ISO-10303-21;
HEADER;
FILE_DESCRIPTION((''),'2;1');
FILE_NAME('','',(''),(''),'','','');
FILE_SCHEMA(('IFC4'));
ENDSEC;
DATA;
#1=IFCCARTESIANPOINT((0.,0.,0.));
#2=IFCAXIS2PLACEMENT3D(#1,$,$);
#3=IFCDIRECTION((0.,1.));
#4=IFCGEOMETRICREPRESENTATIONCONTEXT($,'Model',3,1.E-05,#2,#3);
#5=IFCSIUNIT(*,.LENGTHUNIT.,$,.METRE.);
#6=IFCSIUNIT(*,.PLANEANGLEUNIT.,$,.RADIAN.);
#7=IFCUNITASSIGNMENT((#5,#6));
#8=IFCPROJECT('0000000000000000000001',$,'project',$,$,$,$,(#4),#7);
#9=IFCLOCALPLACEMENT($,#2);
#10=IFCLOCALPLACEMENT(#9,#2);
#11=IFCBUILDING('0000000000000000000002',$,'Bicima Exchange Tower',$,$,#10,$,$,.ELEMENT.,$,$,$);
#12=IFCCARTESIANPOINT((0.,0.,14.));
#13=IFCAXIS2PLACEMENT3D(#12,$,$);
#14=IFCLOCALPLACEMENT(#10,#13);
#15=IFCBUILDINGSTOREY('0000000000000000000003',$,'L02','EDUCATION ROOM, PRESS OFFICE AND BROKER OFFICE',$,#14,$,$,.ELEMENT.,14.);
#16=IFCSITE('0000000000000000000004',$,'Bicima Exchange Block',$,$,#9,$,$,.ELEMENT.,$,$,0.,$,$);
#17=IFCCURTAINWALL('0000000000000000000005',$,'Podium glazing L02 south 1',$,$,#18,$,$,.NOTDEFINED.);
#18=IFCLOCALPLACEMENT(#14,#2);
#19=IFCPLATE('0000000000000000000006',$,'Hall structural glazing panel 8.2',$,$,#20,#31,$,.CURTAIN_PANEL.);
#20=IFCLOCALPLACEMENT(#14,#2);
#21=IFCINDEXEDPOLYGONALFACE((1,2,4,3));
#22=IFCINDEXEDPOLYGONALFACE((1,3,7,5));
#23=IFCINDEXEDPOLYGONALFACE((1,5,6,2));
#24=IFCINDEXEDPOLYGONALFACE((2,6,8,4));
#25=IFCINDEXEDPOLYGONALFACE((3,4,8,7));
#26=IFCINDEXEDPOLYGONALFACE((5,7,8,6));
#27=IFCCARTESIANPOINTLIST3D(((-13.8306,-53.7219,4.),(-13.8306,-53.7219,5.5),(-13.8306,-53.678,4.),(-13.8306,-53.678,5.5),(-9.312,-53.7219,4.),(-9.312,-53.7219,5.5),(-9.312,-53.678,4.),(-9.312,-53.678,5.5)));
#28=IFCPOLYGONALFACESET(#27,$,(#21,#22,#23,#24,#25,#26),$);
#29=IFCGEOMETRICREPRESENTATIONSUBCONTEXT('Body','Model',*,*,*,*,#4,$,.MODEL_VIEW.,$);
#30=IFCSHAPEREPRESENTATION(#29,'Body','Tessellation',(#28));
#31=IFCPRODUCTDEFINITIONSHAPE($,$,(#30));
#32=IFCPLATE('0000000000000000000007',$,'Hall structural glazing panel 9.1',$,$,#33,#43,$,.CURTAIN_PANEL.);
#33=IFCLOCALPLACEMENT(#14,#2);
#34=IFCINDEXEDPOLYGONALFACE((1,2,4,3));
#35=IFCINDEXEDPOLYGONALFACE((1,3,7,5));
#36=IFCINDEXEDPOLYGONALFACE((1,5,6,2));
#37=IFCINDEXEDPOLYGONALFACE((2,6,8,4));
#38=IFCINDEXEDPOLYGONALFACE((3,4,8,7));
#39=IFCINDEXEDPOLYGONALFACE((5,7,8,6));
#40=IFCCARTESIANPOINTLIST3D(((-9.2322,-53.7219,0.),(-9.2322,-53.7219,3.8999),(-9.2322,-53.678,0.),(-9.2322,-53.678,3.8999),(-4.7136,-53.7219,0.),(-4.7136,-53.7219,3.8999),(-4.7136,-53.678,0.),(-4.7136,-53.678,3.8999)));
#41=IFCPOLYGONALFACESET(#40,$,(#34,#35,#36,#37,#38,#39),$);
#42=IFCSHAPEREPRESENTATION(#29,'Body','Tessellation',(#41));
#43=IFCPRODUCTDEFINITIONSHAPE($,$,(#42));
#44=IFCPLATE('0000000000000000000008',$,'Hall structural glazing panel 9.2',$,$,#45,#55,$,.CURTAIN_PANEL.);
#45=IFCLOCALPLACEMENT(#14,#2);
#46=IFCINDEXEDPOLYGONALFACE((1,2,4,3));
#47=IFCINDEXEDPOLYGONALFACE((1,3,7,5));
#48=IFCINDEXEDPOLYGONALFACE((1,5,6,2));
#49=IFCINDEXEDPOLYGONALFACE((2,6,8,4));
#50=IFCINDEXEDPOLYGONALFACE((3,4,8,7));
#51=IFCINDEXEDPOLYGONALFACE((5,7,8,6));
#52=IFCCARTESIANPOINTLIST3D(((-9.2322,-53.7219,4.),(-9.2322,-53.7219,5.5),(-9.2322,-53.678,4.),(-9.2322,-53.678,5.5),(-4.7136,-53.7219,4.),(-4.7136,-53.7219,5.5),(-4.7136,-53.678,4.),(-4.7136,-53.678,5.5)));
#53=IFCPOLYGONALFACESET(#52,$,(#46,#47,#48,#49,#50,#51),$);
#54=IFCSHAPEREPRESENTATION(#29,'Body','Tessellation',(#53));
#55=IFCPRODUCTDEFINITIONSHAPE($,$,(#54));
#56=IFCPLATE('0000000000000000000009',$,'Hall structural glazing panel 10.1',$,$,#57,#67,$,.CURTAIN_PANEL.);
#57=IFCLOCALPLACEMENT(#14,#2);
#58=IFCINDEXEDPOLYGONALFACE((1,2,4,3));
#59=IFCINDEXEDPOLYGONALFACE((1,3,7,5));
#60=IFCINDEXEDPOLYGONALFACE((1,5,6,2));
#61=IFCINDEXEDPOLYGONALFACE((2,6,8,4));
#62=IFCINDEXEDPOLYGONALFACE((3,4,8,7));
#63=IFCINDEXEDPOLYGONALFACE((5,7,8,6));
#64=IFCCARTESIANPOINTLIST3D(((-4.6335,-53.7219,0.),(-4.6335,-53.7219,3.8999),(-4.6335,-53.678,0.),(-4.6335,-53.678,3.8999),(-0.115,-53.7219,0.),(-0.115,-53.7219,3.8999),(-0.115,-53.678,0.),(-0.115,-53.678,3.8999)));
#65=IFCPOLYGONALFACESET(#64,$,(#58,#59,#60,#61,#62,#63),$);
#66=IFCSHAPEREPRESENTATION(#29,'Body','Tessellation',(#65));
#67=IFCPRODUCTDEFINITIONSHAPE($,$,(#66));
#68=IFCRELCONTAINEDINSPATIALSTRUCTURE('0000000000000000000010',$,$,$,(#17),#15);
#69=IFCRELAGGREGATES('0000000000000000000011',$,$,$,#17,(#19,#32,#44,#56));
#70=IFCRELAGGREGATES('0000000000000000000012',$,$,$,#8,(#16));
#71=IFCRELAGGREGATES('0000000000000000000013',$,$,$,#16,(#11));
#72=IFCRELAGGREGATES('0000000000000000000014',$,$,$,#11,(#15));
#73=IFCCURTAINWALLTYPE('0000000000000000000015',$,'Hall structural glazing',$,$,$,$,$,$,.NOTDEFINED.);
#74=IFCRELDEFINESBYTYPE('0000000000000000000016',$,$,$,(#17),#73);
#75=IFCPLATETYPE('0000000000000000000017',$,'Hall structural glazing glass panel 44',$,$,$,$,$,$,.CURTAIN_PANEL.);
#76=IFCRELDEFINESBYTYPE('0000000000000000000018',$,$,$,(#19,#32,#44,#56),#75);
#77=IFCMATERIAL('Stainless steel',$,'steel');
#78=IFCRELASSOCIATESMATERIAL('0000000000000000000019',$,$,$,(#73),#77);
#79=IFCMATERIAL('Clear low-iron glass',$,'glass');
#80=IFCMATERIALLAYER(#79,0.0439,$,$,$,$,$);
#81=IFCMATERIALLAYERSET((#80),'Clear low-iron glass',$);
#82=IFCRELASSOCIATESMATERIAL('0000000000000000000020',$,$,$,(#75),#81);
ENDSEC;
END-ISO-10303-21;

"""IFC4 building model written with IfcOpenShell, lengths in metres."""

from ifc_helpers import new_model, si_unit, direction, frame, origin, origin_2d, place, context, subcontext, project, spatial, rectangle, extrude, material, layer, layer_set, type_object, element, aggregate, save


model = new_model("IFC4")

# Units and contexts
model_context = context("Model", 3, precision=1e-05, world=origin(), true_north=direction((0.0, 1.0)))
body_context = subcontext(model_context, "Body", "Model", "MODEL_VIEW")
ifc_project = project(units=[si_unit("LENGTHUNIT", "METRE"), si_unit("PLANEANGLEUNIT", "RADIAN")], contexts=[model_context])

# Site, building, storey
site_placement = place(None, origin())
site = spatial("IfcSite", under=ifc_project, at=site_placement, Name="Bicima Exchange Block", CompositionType="ELEMENT", RefElevation=0.0)
building_placement = place(site_placement, origin())
building = spatial("IfcBuilding", under=site, at=building_placement, Name="Bicima Exchange Tower", CompositionType="ELEMENT")
storey_placement = place(building_placement, frame((0.0, 0.0, 14.0)))
storey = spatial("IfcBuildingStorey", under=building, at=storey_placement, Name="L02", Description="EDUCATION ROOM, PRESS OFFICE AND BROKER OFFICE", CompositionType="ELEMENT", Elevation=14.0)

# Curtain wall, plates
ifc_material_1 = material(Name="Stainless steel", Category="steel")
curtain_wall_type = type_object("IfcCurtainWallType", Name="Hall structural glazing", PredefinedType="NOTDEFINED", material=ifc_material_1)
curtain_wall_placement = place(storey_placement, origin())
curtain_wall = element("IfcCurtainWall", 1, at=curtain_wall_placement, inside=storey, type_object=curtain_wall_type, Name="Podium glazing L02 south 1", PredefinedType="NOTDEFINED")
ifc_material_2 = material(Name="Clear low-iron glass", Category="glass")
ifc_layer = layer(ifc_material_2, 0.0439)
ifc_layer_set = layer_set([ifc_layer], Name="Clear low-iron glass")
plate_type = type_object("IfcPlateType", Name="Hall structural glazing glass panel 44", PredefinedType="CURTAIN_PANEL", material=ifc_layer_set)
plate_1_placement = place(storey_placement, frame((-11.5713, -53.7, 4.0), z_axis=(0.0, 0.0, 1.0), x_axis=(1.0, 0.0, 0.0)))
plate_1 = element("IfcPlate", 2, at=plate_1_placement, type_object=plate_type, Name="Hall structural glazing panel 8.2", PredefinedType="CURTAIN_PANEL", context=body_context, shape_type="SweptSolid", body=[
    extrude(rectangle(XDim=4.5186, YDim=0.0439, at=origin_2d()), origin(), (0.0, 0.0, 1.0), 1.5),
])
plate_2_placement = place(storey_placement, frame((-6.9729, -53.7, 0.0), z_axis=(0.0, 0.0, 1.0), x_axis=(1.0, 0.0, 0.0)))
plate_2 = element("IfcPlate", 3, at=plate_2_placement, type_object=plate_type, Name="Hall structural glazing panel 9.1", PredefinedType="CURTAIN_PANEL", context=body_context, shape_type="SweptSolid", body=[
    extrude(rectangle(XDim=4.5186, YDim=0.0439, at=origin_2d()), origin(), (0.0, 0.0, 1.0), 3.8999),
])
plate_3_placement = place(storey_placement, frame((-6.9729, -53.7, 4.0), z_axis=(0.0, 0.0, 1.0), x_axis=(1.0, 0.0, 0.0)))
plate_3 = element("IfcPlate", 4, at=plate_3_placement, type_object=plate_type, Name="Hall structural glazing panel 9.2", PredefinedType="CURTAIN_PANEL", context=body_context, shape_type="SweptSolid", body=[
    extrude(rectangle(XDim=4.5186, YDim=0.0439, at=origin_2d()), origin(), (0.0, 0.0, 1.0), 1.5),
])
plate_4_placement = place(storey_placement, frame((-2.3743, -53.7, 0.0), z_axis=(0.0, 0.0, 1.0), x_axis=(1.0, 0.0, 0.0)))
plate_4 = element("IfcPlate", 5, at=plate_4_placement, type_object=plate_type, Name="Hall structural glazing panel 10.1", PredefinedType="CURTAIN_PANEL", context=body_context, shape_type="SweptSolid", body=[
    extrude(rectangle(XDim=4.5186, YDim=0.0439, at=origin_2d()), origin(), (0.0, 0.0, 1.0), 3.8999),
])
aggregate(curtain_wall, [plate_1, plate_2, plate_3, plate_4])

save(model, "model.ifc")
